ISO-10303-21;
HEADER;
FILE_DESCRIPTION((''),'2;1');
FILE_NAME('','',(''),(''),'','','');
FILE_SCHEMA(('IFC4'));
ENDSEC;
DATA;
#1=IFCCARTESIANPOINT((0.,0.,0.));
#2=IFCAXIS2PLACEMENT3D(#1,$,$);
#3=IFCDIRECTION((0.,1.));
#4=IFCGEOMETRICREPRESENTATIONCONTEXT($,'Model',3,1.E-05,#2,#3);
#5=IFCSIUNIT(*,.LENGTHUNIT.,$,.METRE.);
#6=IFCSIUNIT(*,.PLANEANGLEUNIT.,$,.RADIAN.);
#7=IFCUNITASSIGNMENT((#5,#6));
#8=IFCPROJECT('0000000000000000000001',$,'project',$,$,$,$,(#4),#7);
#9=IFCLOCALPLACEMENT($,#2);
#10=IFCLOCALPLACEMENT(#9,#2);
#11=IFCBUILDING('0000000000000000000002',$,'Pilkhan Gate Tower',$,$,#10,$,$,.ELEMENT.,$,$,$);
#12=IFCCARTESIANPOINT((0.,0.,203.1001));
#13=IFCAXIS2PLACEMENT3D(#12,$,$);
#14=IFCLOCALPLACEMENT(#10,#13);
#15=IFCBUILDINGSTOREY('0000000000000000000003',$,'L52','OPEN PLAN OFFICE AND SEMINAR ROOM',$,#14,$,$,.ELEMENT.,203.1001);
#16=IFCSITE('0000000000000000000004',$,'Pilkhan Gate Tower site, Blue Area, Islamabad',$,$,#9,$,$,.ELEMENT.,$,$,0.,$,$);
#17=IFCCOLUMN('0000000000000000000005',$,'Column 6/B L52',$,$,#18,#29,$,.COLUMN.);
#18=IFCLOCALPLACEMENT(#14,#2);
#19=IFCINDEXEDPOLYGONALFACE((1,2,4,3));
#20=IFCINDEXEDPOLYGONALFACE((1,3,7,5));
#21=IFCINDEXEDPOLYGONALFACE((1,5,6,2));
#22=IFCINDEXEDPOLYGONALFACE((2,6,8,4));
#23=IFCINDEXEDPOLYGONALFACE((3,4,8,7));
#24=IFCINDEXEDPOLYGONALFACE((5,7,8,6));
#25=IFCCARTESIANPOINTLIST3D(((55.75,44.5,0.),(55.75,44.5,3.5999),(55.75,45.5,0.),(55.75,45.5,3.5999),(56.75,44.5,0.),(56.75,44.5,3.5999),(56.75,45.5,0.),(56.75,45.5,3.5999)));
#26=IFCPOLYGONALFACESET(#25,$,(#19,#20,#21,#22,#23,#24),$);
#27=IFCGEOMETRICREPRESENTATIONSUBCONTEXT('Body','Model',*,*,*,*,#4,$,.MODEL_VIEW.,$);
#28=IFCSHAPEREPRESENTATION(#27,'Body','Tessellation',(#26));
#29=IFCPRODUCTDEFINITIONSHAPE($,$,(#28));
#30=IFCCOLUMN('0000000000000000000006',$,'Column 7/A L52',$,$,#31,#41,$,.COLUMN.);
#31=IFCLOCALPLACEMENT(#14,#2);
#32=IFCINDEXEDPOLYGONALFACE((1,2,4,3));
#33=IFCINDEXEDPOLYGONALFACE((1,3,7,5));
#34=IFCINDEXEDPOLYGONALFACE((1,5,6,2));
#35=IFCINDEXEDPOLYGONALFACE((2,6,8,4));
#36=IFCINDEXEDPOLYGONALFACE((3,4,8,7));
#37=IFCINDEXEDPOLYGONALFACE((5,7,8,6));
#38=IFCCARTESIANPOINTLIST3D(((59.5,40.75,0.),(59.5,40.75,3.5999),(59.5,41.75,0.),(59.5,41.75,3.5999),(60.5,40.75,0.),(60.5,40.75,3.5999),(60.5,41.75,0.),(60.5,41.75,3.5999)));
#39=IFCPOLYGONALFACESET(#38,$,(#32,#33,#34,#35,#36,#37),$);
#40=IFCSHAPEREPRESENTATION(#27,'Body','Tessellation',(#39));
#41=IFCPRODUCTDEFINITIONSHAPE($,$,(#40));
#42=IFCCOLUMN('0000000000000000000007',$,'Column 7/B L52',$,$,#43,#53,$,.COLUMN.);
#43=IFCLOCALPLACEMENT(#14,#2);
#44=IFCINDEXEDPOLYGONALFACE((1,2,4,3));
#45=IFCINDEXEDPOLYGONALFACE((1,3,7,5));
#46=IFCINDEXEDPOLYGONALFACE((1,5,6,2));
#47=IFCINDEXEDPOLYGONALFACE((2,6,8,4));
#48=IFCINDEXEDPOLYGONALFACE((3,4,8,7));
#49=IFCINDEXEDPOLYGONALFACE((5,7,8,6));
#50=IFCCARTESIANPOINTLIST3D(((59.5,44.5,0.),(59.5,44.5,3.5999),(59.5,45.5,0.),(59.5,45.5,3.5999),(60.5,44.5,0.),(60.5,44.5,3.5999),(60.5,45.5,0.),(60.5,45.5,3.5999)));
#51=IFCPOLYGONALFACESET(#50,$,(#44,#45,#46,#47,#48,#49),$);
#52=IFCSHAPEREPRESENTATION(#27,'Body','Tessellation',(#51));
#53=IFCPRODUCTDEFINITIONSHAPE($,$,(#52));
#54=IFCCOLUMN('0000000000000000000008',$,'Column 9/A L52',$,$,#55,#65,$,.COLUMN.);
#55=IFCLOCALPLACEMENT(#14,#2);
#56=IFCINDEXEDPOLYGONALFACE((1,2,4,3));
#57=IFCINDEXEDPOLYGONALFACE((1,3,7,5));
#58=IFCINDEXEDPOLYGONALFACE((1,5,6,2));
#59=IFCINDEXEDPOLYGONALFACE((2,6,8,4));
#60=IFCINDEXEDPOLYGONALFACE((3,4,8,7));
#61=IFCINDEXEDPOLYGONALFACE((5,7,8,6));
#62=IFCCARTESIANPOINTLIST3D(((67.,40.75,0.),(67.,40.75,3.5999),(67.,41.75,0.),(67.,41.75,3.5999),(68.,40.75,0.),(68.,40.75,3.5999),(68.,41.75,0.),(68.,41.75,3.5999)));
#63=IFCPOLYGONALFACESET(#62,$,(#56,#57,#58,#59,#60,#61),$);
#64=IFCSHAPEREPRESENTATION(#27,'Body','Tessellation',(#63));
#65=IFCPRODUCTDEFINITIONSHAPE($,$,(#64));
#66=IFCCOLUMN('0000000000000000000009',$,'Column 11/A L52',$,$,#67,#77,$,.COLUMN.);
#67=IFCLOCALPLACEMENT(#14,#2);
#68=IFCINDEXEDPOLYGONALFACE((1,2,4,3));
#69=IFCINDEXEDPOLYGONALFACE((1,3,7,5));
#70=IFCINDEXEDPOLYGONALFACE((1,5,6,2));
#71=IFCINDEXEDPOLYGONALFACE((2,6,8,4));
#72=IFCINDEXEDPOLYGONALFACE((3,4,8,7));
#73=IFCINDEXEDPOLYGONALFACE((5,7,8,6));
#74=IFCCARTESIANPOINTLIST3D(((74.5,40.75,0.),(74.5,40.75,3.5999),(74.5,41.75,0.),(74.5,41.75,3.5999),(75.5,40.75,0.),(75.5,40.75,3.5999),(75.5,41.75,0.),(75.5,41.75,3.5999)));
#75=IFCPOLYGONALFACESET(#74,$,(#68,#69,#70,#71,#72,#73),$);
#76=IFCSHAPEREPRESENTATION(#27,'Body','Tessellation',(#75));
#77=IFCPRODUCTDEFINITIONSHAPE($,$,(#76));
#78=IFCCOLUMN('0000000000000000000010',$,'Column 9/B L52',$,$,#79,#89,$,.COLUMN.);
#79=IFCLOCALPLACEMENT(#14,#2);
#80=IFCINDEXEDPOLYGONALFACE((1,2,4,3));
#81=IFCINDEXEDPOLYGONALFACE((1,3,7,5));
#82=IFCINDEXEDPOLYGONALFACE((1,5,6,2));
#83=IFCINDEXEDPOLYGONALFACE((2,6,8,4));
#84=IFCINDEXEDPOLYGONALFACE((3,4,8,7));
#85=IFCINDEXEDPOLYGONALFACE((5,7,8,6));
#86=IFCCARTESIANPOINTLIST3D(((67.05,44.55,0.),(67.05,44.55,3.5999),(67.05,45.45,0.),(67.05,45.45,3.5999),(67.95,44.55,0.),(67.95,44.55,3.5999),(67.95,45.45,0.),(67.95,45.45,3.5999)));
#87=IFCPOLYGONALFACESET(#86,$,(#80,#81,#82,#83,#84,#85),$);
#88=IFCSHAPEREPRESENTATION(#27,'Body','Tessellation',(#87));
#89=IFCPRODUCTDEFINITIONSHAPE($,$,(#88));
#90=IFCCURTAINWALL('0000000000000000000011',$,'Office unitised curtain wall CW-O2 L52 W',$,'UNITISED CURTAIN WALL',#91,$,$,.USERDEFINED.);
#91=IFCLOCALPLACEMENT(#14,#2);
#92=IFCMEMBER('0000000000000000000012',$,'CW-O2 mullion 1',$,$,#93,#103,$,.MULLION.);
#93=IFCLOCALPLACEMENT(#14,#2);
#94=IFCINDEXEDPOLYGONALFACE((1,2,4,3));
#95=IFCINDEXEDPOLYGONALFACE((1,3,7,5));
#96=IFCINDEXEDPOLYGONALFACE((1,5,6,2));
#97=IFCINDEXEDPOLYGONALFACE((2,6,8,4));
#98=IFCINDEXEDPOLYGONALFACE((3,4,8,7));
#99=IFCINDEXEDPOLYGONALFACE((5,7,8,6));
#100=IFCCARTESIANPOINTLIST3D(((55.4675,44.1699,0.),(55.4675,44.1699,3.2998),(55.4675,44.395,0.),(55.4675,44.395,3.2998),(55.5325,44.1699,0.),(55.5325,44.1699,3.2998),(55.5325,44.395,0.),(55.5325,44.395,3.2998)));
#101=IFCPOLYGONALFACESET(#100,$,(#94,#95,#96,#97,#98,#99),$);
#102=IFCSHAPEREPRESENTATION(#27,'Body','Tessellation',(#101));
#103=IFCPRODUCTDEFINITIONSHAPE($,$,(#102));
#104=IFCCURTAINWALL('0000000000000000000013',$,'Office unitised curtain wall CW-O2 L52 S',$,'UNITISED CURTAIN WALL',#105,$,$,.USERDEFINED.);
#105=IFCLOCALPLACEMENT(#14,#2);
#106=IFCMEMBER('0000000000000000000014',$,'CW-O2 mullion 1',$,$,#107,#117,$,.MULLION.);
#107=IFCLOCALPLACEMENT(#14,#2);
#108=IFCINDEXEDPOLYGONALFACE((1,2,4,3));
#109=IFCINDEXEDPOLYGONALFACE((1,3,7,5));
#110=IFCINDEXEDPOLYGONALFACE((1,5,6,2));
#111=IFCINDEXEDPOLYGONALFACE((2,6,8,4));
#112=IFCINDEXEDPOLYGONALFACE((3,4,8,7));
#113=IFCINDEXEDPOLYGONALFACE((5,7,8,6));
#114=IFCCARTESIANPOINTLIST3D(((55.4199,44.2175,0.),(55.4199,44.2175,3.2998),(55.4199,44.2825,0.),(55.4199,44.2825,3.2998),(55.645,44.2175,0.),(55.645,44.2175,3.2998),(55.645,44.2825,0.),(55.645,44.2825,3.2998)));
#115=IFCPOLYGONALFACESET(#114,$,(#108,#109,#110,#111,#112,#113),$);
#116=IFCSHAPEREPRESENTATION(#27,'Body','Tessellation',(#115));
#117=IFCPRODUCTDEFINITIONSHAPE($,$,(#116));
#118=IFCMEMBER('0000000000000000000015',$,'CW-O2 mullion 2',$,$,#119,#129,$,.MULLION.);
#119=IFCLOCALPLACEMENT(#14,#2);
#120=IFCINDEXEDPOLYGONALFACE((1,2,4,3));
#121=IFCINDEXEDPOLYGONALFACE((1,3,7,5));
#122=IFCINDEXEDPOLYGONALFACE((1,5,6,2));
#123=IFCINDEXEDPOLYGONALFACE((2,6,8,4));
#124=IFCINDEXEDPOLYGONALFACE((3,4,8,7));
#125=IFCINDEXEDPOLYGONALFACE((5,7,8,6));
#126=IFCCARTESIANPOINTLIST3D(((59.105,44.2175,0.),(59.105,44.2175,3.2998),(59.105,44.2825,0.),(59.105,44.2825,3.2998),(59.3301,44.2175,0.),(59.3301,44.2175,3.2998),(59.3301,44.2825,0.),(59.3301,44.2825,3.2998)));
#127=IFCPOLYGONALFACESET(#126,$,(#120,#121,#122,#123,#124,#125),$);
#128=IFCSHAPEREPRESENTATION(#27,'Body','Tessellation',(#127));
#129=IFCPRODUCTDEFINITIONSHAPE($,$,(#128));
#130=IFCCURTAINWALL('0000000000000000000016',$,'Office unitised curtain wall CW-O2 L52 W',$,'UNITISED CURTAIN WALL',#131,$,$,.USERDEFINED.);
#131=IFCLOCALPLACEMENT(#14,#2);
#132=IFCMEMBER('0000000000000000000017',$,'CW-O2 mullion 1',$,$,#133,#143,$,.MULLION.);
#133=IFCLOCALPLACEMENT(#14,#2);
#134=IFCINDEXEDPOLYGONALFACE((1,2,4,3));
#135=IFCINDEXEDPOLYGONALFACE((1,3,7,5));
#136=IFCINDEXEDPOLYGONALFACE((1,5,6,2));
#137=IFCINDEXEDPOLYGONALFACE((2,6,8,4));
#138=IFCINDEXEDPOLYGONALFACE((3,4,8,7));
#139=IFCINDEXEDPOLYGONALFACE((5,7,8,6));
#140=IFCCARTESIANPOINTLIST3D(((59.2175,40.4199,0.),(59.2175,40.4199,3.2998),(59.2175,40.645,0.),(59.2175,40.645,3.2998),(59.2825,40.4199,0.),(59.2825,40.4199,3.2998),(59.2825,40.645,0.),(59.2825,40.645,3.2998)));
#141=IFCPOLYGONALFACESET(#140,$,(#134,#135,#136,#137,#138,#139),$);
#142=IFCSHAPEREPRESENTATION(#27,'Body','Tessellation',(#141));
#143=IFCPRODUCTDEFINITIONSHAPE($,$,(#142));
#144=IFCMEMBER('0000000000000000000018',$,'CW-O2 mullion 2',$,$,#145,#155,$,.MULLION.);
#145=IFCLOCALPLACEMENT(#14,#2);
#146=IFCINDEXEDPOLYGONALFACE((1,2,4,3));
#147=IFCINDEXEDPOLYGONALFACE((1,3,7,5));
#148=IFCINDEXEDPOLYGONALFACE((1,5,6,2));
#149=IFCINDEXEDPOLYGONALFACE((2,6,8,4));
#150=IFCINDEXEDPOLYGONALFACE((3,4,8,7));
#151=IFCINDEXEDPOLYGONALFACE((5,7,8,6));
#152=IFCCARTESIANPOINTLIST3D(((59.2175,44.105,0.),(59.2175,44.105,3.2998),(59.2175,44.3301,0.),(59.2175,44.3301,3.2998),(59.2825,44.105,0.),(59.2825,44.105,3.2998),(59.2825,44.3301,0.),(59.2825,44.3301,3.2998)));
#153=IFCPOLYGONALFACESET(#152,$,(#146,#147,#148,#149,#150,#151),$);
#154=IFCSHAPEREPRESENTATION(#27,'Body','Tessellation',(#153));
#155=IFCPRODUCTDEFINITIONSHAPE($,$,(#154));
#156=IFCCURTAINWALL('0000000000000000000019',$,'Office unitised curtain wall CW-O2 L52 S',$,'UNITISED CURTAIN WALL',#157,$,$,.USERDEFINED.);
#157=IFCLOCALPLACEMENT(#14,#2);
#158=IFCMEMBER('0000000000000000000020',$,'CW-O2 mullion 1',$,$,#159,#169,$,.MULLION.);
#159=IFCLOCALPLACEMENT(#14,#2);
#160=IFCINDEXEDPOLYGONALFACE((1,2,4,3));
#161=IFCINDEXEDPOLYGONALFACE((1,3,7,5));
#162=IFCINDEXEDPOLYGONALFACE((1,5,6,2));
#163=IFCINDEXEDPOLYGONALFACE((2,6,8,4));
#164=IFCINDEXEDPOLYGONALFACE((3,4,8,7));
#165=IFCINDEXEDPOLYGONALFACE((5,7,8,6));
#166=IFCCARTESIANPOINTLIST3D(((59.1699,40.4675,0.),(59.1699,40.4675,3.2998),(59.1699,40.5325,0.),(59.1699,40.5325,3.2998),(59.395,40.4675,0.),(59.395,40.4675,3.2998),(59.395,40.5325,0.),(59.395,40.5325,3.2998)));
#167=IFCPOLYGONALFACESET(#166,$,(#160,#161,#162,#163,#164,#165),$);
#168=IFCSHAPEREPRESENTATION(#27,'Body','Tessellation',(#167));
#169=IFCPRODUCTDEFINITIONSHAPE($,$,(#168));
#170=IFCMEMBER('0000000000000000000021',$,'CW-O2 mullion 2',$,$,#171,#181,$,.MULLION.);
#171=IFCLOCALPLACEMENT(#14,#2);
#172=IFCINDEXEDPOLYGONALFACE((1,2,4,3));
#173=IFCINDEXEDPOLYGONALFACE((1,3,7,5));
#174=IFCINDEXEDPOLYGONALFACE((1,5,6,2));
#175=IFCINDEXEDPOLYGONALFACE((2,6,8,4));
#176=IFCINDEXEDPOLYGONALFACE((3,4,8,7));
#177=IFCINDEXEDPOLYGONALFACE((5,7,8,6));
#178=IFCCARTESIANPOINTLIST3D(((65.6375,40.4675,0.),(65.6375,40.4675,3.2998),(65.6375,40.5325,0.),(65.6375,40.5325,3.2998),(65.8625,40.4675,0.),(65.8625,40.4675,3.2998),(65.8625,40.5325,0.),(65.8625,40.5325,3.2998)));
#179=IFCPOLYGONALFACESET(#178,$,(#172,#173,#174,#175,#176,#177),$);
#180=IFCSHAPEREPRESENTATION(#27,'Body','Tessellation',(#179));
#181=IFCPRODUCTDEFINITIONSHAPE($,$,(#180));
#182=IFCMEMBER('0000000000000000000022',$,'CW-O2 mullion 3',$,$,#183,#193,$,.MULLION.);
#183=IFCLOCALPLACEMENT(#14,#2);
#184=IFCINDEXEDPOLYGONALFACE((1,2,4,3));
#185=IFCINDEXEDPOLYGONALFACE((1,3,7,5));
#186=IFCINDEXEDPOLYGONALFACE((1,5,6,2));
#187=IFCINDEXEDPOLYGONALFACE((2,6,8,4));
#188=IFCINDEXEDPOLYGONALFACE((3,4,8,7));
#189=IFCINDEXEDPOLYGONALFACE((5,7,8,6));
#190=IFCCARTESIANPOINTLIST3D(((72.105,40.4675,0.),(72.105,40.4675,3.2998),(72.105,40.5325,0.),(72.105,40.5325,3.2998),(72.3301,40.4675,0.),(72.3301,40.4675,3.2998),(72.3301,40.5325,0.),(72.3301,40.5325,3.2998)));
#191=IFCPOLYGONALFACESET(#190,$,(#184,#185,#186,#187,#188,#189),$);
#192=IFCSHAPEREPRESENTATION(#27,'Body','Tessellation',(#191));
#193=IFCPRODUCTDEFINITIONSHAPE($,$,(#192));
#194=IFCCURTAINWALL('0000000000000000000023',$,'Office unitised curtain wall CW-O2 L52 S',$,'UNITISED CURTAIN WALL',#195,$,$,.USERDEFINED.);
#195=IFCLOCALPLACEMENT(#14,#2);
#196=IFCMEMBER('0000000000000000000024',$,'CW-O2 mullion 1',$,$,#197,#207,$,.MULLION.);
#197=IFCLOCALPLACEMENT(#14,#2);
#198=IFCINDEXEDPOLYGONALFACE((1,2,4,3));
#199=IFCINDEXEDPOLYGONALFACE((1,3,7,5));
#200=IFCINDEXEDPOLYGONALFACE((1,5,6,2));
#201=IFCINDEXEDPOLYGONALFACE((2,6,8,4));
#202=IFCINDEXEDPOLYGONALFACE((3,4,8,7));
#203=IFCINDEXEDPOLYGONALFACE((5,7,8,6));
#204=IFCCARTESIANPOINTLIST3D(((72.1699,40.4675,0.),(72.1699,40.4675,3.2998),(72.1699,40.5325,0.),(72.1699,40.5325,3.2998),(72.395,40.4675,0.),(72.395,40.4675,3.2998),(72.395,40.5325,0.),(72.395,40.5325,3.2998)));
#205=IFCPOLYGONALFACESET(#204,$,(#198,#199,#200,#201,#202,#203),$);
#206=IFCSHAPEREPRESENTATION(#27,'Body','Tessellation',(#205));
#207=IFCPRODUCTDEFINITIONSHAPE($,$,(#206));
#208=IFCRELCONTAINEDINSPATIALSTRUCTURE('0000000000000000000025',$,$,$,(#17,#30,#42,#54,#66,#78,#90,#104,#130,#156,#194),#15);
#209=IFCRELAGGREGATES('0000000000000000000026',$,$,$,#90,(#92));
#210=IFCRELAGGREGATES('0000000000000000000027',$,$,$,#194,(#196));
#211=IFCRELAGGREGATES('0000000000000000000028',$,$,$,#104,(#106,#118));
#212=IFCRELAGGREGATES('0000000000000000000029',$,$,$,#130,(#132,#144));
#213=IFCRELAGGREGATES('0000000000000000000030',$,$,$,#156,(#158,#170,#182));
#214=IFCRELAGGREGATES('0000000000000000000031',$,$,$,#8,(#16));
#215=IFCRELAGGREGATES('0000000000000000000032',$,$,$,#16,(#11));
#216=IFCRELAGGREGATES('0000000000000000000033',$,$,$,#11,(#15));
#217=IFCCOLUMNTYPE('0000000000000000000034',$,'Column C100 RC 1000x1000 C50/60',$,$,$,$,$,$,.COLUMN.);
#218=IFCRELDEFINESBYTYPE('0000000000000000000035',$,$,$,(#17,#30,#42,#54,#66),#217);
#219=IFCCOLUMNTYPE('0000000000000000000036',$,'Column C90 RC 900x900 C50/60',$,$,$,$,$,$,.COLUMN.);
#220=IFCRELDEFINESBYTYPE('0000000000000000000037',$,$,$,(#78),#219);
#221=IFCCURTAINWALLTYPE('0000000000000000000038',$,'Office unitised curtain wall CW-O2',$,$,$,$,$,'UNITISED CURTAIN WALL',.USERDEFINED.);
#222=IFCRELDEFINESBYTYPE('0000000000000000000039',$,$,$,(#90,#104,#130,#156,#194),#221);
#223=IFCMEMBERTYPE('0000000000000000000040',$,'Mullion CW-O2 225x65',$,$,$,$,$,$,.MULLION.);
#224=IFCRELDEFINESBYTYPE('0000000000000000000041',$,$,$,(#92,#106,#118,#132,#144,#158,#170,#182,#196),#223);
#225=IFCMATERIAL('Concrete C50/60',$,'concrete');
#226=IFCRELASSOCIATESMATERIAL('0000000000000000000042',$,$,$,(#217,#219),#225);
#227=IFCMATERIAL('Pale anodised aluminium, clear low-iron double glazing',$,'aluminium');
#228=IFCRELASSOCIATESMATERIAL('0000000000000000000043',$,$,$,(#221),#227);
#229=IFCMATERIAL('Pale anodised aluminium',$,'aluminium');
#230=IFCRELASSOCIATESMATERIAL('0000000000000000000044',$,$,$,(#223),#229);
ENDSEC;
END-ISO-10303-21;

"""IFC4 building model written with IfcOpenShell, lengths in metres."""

from ifc_helpers import new_model, si_unit, direction, frame, origin, origin_2d, place, context, subcontext, project, spatial, rectangle, extrude, material, material_profile, profile_set, type_object, element, aggregate, save


model = new_model("IFC4")

# Units and contexts
model_context = context("Model", 3, precision=1e-05, world=origin(), true_north=direction((0.0, 1.0)))
body_context = subcontext(model_context, "Body", "Model", "MODEL_VIEW")
ifc_project = project(units=[si_unit("LENGTHUNIT", "METRE"), si_unit("PLANEANGLEUNIT", "RADIAN")], contexts=[model_context])

# Site, building, storey
site_placement = place(None, origin())
site = spatial("IfcSite", under=ifc_project, at=site_placement, Name="Pilkhan Gate Tower site, Blue Area, Islamabad", CompositionType="ELEMENT", RefElevation=0.0)
building_placement = place(site_placement, origin())
building = spatial("IfcBuilding", under=site, at=building_placement, Name="Pilkhan Gate Tower", CompositionType="ELEMENT")
storey_placement = place(building_placement, frame((0.0, 0.0, 203.1001)))
storey = spatial("IfcBuildingStorey", under=building, at=storey_placement, Name="L52", Description="OPEN PLAN OFFICE AND SEMINAR ROOM", CompositionType="ELEMENT", Elevation=203.1001)

# Columns
ifc_material_1 = material(Name="Concrete C50/60", Category="concrete")
ifc_material_profile_1 = material_profile(ifc_material_1, rectangle(XDim=1.0, YDim=1.0, at=origin_2d()), Name="RC 1000x1000")
ifc_profile_set_1 = profile_set([ifc_material_profile_1], Name="Concrete C50/60")
column_type_1 = type_object("IfcColumnType", Name="Column C100 RC 1000x1000 C50/60", PredefinedType="COLUMN", material=ifc_profile_set_1)
for number, where, z_axis, x_axis, name in (
    (1, (56.25, 45.0, 0.0), (0.0, 0.0, 1.0), (1.0, 0.0, 0.0), "Column 6/B L52"),
    (2, (60.0, 41.25, 0.0), (0.0, 0.0, 1.0), (1.0, 0.0, 0.0), "Column 7/A L52"),
    (3, (60.0, 45.0, 0.0), (0.0, 0.0, 1.0), (1.0, 0.0, 0.0), "Column 7/B L52"),
    (4, (67.5, 41.25, 0.0), (0.0, 0.0, 1.0), (1.0, 0.0, 0.0), "Column 9/A L52"),
    (5, (75.0, 41.25, 0.0), (0.0, 0.0, 1.0), (1.0, 0.0, 0.0), "Column 11/A L52"),
):
    element("IfcColumn", number, at=place(storey_placement, frame(where, z_axis=z_axis, x_axis=x_axis)), inside=storey, type_object=column_type_1, Name=name, PredefinedType="COLUMN", context=body_context, shape_type="SweptSolid", body=[
        extrude(rectangle(XDim=1.0, YDim=1.0, at=origin_2d()), origin(), (0.0, 0.0, 1.0), 3.5999),
    ])
ifc_material_profile_2 = material_profile(ifc_material_1, rectangle(XDim=0.8999, YDim=0.8999, at=origin_2d()), Name="RC 900x900")
ifc_profile_set_2 = profile_set([ifc_material_profile_2], Name="Concrete C50/60")
column_type_2 = type_object("IfcColumnType", Name="Column C90 RC 900x900 C50/60", PredefinedType="COLUMN", material=ifc_profile_set_2)
column_placement = place(storey_placement, frame((67.5, 45.0, 0.0), z_axis=(0.0, 0.0, 1.0), x_axis=(1.0, 0.0, 0.0)))
element("IfcColumn", 6, at=column_placement, inside=storey, type_object=column_type_2, Name="Column 9/B L52", PredefinedType="COLUMN", context=body_context, shape_type="SweptSolid", body=[
    extrude(rectangle(XDim=0.8999, YDim=0.8999, at=origin_2d()), origin(), (0.0, 0.0, 1.0), 3.5999),
])

# Curtain wall, member
ifc_material_2 = material(Name="Pale anodised aluminium, clear low-iron double glazing", Category="aluminium")
curtain_wall_type = type_object("IfcCurtainWallType", Name="Office unitised curtain wall CW-O2", ElementType="UNITISED CURTAIN WALL", PredefinedType="USERDEFINED", material=ifc_material_2)
curtain_wall_1_placement = place(storey_placement, origin())
curtain_wall_1 = element("IfcCurtainWall", 7, at=curtain_wall_1_placement, inside=storey, type_object=curtain_wall_type, Name="Office unitised curtain wall CW-O2 L52 W", ObjectType="UNITISED CURTAIN WALL", PredefinedType="USERDEFINED")
ifc_material_3 = material(Name="Pale anodised aluminium", Category="aluminium")
ifc_material_profile_3 = material_profile(ifc_material_3, rectangle(XDim=0.0649, YDim=0.2251, at=origin_2d()), Name="Mullion 225x65")
ifc_profile_set_3 = profile_set([ifc_material_profile_3], Name="Pale anodised aluminium")
member_type_1 = type_object("IfcMemberType", Name="Mullion CW-O2 225x65", PredefinedType="MULLION", material=ifc_profile_set_3)
member_1_placement = place(storey_placement, frame((55.5, 44.2825, 0.0), z_axis=(0.0, 0.0, 1.0), x_axis=(-1.0, 0.0, 0.0)))
member_1 = element("IfcMember", 8, at=member_1_placement, type_object=member_type_1, Name="CW-O2 mullion 1", PredefinedType="MULLION", context=body_context, shape_type="SweptSolid", body=[
    extrude(rectangle(XDim=0.0649, YDim=0.2251, at=origin_2d()), origin(), (0.0, 0.0, 1.0), 3.2998),
])

# Curtain walls, members
curtain_wall_2_placement = place(storey_placement, origin())
curtain_wall_2 = element("IfcCurtainWall", 9, at=curtain_wall_2_placement, inside=storey, type_object=curtain_wall_type, Name="Office unitised curtain wall CW-O2 L52 S", ObjectType="UNITISED CURTAIN WALL", PredefinedType="USERDEFINED")
member_2_placement = place(storey_placement, frame((55.5325, 44.25, 0.0), z_axis=(0.0, 0.0, 1.0), x_axis=(0.0, 1.0, 0.0)))
member_2 = element("IfcMember", 10, at=member_2_placement, type_object=member_type_1, Name="CW-O2 mullion 1", PredefinedType="MULLION", context=body_context, shape_type="SweptSolid", body=[
    extrude(rectangle(XDim=0.0649, YDim=0.2251, at=origin_2d()), origin(), (0.0, 0.0, 1.0), 3.2998),
])
member_3_placement = place(storey_placement, frame((59.2175, 44.25, 0.0), z_axis=(0.0, 0.0, 1.0), x_axis=(0.0, 1.0, 0.0)))
member_3 = element("IfcMember", 11, at=member_3_placement, type_object=member_type_1, Name="CW-O2 mullion 2", PredefinedType="MULLION", context=body_context, shape_type="SweptSolid", body=[
    extrude(rectangle(XDim=0.0649, YDim=0.2251, at=origin_2d()), origin(), (0.0, 0.0, 1.0), 3.2998),
])
curtain_wall_3_placement = place(storey_placement, origin())
curtain_wall_3 = element("IfcCurtainWall", 12, at=curtain_wall_3_placement, inside=storey, type_object=curtain_wall_type, Name="Office unitised curtain wall CW-O2 L52 W", ObjectType="UNITISED CURTAIN WALL", PredefinedType="USERDEFINED")
member_4_placement = place(storey_placement, frame((59.25, 40.5325, 0.0), z_axis=(0.0, 0.0, 1.0), x_axis=(-1.0, 0.0, 0.0)))
member_4 = element("IfcMember", 13, at=member_4_placement, type_object=member_type_1, Name="CW-O2 mullion 1", PredefinedType="MULLION", context=body_context, shape_type="SweptSolid", body=[
    extrude(rectangle(XDim=0.0649, YDim=0.2251, at=origin_2d()), origin(), (0.0, 0.0, 1.0), 3.2998),
])
member_5_placement = place(storey_placement, frame((59.25, 44.2175, 0.0), z_axis=(0.0, 0.0, 1.0), x_axis=(-1.0, 0.0, 0.0)))
member_5 = element("IfcMember", 14, at=member_5_placement, type_object=member_type_1, Name="CW-O2 mullion 2", PredefinedType="MULLION", context=body_context, shape_type="SweptSolid", body=[
    extrude(rectangle(XDim=0.0649, YDim=0.2251, at=origin_2d()), origin(), (0.0, 0.0, 1.0), 3.2998),
])
curtain_wall_4_placement = place(storey_placement, origin())
curtain_wall_4 = element("IfcCurtainWall", 15, at=curtain_wall_4_placement, inside=storey, type_object=curtain_wall_type, Name="Office unitised curtain wall CW-O2 L52 S", ObjectType="UNITISED CURTAIN WALL", PredefinedType="USERDEFINED")
member_6_placement = place(storey_placement, frame((59.2825, 40.5, 0.0), z_axis=(0.0, 0.0, 1.0), x_axis=(0.0, 1.0, 0.0)))
member_6 = element("IfcMember", 16, at=member_6_placement, type_object=member_type_1, Name="CW-O2 mullion 1", PredefinedType="MULLION", context=body_context, shape_type="SweptSolid", body=[
    extrude(rectangle(XDim=0.0649, YDim=0.2251, at=origin_2d()), origin(), (0.0, 0.0, 1.0), 3.2998),
])
member_7_placement = place(storey_placement, frame((65.75, 40.5, 0.0), z_axis=(0.0, 0.0, 1.0), x_axis=(0.0, 1.0, 0.0)))
member_7 = element("IfcMember", 17, at=member_7_placement, type_object=member_type_1, Name="CW-O2 mullion 2", PredefinedType="MULLION", context=body_context, shape_type="SweptSolid", body=[
    extrude(rectangle(XDim=0.0649, YDim=0.2251, at=origin_2d()), origin(), (0.0, 0.0, 1.0), 3.2998),
])
member_8_placement = place(storey_placement, frame((72.2175, 40.5, 0.0), z_axis=(0.0, 0.0, 1.0), x_axis=(0.0, 1.0, 0.0)))
member_8 = element("IfcMember", 18, at=member_8_placement, type_object=member_type_1, Name="CW-O2 mullion 3", PredefinedType="MULLION", context=body_context, shape_type="SweptSolid", body=[
    extrude(rectangle(XDim=0.0649, YDim=0.2251, at=origin_2d()), origin(), (0.0, 0.0, 1.0), 3.2998),
])

# Curtain wall, member
curtain_wall_5_placement = place(storey_placement, origin())
curtain_wall_5 = element("IfcCurtainWall", 19, at=curtain_wall_5_placement, inside=storey, type_object=curtain_wall_type, Name="Office unitised curtain wall CW-O2 L52 S", ObjectType="UNITISED CURTAIN WALL", PredefinedType="USERDEFINED")
member_9_placement = place(storey_placement, frame((72.2825, 40.5, 0.0), z_axis=(0.0, 0.0, 1.0), x_axis=(0.0, 1.0, 0.0)))
member_9 = element("IfcMember", 20, at=member_9_placement, type_object=member_type_1, Name="CW-O2 mullion 1", PredefinedType="MULLION", context=body_context, shape_type="SweptSolid", body=[
    extrude(rectangle(XDim=0.0649, YDim=0.2251, at=origin_2d()), origin(), (0.0, 0.0, 1.0), 3.2998),
])

aggregate(curtain_wall_1, [member_1])
aggregate(curtain_wall_5, [member_9])

aggregate(curtain_wall_2, [member_2, member_3])
aggregate(curtain_wall_3, [member_4, member_5])
aggregate(curtain_wall_4, [member_6, member_7, member_8])

save(model, "model.ifc")
